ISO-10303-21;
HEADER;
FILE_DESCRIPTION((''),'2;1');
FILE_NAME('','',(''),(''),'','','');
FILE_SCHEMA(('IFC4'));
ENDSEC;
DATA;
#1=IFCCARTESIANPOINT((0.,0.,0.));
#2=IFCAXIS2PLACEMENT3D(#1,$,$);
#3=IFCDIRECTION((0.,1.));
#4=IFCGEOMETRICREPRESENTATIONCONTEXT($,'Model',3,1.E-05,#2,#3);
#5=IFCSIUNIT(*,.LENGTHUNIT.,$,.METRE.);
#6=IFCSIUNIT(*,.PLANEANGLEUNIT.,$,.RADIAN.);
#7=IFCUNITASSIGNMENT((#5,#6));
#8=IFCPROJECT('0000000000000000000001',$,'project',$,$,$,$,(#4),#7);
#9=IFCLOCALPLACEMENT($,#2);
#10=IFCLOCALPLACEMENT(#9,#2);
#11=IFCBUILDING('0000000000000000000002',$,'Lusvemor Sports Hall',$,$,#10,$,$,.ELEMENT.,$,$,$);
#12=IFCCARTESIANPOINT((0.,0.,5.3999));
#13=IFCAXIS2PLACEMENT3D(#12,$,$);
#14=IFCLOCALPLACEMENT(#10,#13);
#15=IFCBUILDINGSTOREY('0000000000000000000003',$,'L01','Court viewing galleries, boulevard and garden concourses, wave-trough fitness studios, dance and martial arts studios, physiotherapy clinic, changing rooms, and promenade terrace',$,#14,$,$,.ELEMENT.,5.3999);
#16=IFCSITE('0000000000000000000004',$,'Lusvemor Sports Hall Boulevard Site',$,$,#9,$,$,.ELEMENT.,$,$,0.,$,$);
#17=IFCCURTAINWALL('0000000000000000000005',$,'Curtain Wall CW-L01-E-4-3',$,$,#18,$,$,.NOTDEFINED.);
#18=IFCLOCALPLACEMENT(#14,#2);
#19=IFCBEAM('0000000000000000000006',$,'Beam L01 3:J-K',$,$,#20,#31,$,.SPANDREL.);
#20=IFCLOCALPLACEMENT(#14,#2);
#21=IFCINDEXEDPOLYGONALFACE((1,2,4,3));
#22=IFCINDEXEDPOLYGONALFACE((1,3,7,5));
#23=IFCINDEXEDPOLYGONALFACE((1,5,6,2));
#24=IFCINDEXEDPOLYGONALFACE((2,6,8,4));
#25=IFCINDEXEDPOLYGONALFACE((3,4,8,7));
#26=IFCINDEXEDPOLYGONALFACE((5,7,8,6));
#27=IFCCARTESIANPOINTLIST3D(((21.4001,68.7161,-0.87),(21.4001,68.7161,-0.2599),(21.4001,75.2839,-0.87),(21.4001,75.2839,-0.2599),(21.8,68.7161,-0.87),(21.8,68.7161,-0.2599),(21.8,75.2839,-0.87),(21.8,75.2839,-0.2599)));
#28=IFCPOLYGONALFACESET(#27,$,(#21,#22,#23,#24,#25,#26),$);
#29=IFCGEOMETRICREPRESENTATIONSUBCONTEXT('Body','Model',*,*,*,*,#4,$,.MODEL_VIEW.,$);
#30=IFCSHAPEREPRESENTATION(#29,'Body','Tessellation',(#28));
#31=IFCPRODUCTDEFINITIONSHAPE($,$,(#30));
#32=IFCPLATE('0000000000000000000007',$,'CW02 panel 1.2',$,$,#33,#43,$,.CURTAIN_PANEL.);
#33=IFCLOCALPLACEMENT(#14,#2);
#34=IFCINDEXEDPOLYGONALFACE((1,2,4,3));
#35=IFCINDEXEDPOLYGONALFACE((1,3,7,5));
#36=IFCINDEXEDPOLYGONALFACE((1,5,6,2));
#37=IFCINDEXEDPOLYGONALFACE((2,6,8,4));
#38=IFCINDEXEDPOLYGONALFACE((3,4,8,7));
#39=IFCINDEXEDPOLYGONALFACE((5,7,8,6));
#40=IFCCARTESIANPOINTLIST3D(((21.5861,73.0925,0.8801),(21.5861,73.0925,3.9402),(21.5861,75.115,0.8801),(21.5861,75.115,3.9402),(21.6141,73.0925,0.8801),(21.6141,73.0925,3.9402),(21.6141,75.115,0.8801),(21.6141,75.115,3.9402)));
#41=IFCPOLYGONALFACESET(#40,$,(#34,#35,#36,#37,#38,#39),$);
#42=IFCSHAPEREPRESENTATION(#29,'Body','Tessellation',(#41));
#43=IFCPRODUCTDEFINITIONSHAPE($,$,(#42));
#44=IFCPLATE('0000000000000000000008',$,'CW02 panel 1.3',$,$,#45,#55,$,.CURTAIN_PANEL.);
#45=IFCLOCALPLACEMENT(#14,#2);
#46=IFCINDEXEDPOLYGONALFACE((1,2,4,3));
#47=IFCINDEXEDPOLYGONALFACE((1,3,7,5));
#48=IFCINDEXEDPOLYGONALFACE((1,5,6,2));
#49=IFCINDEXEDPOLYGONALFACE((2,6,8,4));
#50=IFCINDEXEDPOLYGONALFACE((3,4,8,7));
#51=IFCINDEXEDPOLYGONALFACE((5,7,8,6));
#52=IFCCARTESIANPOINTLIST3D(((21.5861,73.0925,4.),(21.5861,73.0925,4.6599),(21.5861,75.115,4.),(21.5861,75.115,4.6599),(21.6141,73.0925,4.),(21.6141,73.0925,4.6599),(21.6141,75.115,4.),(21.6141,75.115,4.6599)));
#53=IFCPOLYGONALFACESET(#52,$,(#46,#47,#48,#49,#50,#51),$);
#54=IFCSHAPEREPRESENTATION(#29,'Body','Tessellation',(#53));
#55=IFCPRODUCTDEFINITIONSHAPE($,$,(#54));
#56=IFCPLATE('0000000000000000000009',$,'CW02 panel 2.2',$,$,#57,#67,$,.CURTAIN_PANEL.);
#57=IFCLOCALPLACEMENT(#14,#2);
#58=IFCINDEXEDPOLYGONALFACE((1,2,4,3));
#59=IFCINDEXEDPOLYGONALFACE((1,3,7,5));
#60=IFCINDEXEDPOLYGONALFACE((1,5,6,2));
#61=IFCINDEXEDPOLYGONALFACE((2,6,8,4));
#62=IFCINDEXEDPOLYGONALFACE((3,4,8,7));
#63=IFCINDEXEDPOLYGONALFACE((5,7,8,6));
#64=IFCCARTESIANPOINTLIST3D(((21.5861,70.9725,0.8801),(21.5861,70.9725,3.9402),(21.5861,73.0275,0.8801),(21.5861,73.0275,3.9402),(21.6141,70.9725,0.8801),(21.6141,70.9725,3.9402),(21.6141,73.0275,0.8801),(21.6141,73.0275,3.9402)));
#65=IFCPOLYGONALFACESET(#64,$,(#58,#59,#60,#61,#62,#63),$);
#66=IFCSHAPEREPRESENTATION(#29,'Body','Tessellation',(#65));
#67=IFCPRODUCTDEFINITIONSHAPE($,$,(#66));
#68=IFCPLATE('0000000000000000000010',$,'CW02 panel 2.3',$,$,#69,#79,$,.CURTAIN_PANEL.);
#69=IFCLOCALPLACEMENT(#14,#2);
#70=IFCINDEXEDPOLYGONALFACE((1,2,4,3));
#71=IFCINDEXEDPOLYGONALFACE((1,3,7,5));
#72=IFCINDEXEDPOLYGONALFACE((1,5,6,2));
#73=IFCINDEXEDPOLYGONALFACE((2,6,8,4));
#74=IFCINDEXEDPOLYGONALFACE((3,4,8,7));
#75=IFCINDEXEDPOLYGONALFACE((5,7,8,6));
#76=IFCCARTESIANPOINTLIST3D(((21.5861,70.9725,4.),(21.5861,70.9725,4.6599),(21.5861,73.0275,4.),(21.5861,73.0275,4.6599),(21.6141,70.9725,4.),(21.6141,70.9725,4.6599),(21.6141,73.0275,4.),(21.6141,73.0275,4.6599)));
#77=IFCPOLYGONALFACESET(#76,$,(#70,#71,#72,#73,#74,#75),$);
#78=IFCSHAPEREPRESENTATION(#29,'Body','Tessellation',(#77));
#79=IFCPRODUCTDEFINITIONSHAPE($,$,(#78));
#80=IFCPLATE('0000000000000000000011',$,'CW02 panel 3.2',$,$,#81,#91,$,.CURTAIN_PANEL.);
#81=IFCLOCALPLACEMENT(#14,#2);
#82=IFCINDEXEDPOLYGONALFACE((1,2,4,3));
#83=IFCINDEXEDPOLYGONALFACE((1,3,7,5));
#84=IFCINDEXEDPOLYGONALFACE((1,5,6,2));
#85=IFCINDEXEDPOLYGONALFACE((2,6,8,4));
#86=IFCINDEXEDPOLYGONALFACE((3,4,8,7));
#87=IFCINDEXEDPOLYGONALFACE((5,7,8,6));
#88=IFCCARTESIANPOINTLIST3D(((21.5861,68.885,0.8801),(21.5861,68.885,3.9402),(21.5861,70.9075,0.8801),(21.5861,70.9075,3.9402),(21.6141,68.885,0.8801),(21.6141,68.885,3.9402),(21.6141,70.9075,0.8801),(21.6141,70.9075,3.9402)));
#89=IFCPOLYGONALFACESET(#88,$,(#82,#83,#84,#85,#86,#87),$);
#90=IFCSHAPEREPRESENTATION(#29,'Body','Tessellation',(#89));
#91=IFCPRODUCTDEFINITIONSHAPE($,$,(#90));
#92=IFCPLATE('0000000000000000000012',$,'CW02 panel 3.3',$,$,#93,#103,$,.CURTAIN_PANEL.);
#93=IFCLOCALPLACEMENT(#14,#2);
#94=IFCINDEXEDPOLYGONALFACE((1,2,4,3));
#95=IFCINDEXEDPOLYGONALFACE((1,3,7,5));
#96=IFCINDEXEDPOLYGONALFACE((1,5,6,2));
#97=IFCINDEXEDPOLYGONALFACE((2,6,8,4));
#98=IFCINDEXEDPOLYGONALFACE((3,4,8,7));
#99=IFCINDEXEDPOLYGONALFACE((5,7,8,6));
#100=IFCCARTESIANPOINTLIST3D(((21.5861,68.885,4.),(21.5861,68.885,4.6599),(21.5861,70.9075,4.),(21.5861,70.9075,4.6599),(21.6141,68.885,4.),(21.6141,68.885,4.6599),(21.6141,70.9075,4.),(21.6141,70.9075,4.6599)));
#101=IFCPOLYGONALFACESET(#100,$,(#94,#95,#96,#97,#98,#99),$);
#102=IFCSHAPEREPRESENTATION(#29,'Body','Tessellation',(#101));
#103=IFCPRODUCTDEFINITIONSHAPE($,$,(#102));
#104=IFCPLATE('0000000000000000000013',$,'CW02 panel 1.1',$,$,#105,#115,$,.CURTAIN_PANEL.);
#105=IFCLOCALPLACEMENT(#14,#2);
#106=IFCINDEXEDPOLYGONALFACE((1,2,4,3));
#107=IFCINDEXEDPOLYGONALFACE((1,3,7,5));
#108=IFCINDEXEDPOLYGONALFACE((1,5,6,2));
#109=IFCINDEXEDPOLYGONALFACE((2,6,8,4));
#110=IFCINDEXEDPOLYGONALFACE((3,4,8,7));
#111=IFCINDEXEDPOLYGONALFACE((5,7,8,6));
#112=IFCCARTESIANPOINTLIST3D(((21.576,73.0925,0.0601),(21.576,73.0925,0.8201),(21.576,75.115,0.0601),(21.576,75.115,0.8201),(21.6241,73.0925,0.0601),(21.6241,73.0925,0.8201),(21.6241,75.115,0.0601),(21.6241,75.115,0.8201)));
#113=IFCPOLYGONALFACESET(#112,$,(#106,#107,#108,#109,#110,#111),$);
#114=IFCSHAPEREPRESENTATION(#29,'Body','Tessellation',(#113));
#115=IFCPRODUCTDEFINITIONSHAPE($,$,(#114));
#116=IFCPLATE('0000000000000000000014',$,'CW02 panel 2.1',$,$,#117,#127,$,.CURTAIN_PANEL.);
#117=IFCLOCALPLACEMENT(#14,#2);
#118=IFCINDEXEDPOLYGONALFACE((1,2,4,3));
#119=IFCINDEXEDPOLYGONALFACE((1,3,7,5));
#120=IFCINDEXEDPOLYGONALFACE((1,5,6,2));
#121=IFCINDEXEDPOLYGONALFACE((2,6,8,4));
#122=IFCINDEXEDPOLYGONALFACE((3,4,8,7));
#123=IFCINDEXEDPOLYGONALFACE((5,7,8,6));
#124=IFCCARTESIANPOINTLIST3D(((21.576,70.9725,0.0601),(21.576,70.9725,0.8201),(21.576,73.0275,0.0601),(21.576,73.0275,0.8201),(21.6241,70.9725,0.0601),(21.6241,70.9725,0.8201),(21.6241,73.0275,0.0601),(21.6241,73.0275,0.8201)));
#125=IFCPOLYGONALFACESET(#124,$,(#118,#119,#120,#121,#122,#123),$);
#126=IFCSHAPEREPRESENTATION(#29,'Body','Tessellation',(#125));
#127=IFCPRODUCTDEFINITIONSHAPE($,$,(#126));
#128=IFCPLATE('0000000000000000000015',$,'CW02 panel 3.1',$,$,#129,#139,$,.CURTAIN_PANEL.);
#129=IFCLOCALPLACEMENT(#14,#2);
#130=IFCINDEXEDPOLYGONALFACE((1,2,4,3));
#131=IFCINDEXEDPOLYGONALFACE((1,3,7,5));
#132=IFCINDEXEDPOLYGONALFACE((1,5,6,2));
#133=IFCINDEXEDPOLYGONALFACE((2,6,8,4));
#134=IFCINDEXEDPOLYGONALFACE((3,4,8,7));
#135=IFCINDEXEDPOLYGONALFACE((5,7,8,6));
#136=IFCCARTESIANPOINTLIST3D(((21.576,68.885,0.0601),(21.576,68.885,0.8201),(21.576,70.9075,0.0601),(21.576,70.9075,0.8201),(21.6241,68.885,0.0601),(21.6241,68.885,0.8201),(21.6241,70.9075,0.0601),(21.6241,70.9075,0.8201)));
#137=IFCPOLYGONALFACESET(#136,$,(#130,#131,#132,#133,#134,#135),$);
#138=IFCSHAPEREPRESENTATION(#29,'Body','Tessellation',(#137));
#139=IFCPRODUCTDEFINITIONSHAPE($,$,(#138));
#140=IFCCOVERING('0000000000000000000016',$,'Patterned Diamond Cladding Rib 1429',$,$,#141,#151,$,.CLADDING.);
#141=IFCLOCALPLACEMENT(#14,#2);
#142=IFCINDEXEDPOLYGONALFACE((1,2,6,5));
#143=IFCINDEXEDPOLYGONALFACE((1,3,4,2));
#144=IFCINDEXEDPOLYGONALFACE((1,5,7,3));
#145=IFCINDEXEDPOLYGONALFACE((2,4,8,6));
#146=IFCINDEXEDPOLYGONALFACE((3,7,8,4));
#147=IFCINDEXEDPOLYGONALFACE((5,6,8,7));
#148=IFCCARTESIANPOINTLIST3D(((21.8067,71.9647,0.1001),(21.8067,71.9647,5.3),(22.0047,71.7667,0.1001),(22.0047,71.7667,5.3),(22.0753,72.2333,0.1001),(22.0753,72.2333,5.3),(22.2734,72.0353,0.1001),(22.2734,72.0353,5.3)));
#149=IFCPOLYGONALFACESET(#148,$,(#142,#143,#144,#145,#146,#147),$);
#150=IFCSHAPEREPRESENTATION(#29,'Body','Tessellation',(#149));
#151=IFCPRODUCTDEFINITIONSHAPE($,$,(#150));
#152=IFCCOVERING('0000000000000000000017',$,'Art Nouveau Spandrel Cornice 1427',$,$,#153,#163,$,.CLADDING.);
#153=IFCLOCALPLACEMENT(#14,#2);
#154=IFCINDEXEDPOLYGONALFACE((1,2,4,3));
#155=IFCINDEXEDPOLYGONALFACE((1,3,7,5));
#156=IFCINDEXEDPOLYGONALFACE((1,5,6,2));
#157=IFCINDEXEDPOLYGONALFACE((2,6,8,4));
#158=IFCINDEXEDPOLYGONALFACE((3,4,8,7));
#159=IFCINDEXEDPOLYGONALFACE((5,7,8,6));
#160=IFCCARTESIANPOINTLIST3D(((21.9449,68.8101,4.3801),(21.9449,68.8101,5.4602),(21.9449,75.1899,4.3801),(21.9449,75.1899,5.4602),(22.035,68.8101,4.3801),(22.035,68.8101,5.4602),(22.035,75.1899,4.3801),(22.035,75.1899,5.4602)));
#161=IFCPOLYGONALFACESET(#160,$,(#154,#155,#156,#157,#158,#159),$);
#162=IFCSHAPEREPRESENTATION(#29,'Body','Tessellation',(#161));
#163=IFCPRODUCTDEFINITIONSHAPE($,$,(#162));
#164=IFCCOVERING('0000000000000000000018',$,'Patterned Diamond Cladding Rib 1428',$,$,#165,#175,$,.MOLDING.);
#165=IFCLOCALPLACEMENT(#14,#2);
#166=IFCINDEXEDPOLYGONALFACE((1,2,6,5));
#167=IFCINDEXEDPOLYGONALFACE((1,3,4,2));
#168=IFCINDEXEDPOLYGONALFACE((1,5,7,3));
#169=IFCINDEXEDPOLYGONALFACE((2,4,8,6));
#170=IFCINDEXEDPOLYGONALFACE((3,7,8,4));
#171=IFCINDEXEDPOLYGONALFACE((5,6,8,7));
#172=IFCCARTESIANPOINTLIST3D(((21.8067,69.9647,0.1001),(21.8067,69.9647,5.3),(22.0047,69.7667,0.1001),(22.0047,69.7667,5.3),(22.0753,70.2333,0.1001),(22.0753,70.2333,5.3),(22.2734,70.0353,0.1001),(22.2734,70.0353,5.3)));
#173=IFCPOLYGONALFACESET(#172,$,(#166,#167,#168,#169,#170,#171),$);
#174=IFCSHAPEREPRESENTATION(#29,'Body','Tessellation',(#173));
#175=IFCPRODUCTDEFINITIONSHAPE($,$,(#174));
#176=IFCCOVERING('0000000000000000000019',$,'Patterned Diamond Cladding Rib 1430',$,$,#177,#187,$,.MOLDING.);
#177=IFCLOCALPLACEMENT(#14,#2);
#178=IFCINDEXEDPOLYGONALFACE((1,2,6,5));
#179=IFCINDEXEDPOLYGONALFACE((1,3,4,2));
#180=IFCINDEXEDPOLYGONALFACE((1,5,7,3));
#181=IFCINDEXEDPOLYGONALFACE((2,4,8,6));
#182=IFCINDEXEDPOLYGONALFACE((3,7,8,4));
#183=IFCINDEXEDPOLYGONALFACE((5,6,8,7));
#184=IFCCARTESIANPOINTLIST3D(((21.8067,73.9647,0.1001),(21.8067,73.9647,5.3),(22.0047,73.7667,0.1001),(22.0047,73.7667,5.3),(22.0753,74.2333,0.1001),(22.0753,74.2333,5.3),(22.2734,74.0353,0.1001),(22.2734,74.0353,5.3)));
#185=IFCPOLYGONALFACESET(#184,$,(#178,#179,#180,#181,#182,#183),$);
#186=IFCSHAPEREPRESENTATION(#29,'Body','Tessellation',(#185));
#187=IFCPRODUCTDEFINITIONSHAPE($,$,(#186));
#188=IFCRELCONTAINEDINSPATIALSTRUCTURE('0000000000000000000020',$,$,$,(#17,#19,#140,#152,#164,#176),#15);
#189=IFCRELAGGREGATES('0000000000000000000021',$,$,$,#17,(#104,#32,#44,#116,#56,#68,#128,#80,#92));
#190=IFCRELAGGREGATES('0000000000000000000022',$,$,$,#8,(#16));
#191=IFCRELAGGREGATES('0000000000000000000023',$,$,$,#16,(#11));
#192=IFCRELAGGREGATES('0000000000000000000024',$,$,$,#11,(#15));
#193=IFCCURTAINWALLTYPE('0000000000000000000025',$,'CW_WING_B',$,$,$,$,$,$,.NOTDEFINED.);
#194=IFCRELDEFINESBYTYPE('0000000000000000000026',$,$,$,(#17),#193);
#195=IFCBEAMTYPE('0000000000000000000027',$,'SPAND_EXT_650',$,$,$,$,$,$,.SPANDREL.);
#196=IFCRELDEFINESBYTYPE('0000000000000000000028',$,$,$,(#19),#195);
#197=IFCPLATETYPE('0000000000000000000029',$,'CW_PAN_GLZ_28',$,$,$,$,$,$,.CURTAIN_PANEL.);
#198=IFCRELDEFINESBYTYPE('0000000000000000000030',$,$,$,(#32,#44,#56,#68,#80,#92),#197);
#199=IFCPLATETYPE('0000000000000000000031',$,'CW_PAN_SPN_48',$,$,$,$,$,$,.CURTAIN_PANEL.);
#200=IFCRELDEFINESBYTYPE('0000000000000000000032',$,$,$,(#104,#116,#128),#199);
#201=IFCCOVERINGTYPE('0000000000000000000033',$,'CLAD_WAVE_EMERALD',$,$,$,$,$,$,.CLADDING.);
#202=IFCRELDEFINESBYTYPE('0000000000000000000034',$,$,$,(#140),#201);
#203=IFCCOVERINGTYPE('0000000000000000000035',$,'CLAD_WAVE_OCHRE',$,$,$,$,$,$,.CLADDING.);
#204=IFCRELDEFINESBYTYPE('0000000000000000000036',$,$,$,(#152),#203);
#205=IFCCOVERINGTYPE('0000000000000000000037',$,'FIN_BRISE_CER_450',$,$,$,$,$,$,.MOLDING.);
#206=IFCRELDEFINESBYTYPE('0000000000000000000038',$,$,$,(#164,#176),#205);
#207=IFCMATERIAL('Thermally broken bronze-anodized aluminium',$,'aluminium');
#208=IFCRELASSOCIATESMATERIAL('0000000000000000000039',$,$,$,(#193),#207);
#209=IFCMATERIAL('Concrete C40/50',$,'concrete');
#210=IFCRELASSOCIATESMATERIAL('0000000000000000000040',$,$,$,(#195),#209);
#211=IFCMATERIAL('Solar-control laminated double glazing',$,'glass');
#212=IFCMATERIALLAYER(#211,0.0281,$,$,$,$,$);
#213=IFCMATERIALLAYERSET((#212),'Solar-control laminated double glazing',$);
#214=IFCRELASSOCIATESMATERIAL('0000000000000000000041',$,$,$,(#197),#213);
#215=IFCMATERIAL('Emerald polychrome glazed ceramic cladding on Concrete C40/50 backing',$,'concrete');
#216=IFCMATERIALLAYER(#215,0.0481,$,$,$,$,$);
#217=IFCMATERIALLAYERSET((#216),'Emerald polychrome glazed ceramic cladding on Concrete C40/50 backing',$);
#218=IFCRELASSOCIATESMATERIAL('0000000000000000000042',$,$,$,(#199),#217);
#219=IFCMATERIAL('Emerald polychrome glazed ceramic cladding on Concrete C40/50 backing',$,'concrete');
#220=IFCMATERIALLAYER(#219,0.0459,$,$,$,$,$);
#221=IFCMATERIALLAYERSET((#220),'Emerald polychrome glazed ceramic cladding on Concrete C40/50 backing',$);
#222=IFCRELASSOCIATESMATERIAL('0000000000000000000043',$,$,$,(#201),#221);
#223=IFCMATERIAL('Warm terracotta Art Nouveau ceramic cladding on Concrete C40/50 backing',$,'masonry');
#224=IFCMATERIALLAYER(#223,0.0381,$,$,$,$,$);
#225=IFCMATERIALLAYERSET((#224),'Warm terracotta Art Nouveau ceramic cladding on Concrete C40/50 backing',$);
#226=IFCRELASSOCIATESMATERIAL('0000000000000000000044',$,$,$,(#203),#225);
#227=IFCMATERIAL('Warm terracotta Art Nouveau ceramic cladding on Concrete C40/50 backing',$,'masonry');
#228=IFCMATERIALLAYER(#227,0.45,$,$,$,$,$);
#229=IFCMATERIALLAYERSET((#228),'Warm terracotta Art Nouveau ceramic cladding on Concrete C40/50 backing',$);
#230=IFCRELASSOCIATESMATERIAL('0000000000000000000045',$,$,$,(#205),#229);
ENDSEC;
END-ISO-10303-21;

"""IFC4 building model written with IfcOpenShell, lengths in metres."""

from ifc_helpers import new_model, si_unit, direction, frame, origin, origin_2d, place, context, subcontext, project, spatial, rectangle, extrude, material, layer, layer_set, material_profile, profile_set, type_object, element, aggregate, save


model = new_model("IFC4")

# Units and contexts
model_context = context("Model", 3, precision=1e-05, world=origin(), true_north=direction((0.0, 1.0)))
body_context = subcontext(model_context, "Body", "Model", "MODEL_VIEW")
ifc_project = project(units=[si_unit("LENGTHUNIT", "METRE"), si_unit("PLANEANGLEUNIT", "RADIAN")], contexts=[model_context])

# Site, building, storey
site_placement = place(None, origin())
site = spatial("IfcSite", under=ifc_project, at=site_placement, Name="Lusvemor Sports Hall Boulevard Site", CompositionType="ELEMENT", RefElevation=0.0)
building_placement = place(site_placement, origin())
building = spatial("IfcBuilding", under=site, at=building_placement, Name="Lusvemor Sports Hall", CompositionType="ELEMENT")
storey_placement = place(building_placement, frame((0.0, 0.0, 5.3999)))
storey = spatial("IfcBuildingStorey", under=building, at=storey_placement, Name="L01", Description="Court viewing galleries, boulevard and garden concourses, wave-trough fitness studios, dance and martial arts studios, physiotherapy clinic, changing rooms, and promenade terrace", CompositionType="ELEMENT", Elevation=5.3999)

# Shared definitions
ifc_material_1 = material(Name="Thermally broken bronze-anodized aluminium", Category="aluminium")
curtain_wall_type = type_object("IfcCurtainWallType", Name="CW_WING_B", PredefinedType="NOTDEFINED", material=ifc_material_1)

# Curtain wall
curtain_wall_1_placement = place(storey_placement, origin())
curtain_wall_1 = element("IfcCurtainWall", 1, at=curtain_wall_1_placement, inside=storey, type_object=curtain_wall_type, Name="Curtain Wall CW-L01-E-4-3", PredefinedType="NOTDEFINED")

# Beam
ifc_material_2 = material(Name="Concrete C40/50", Category="concrete")
ifc_material_profile_1 = material_profile(ifc_material_2, rectangle(XDim=0.3999, YDim=0.6101, at=origin_2d()), Name="RC400x610")
ifc_profile_set_1 = profile_set([ifc_material_profile_1], Name="Concrete C40/50")
beam_type_1 = type_object("IfcBeamType", Name="SPAND_EXT_650", PredefinedType="SPANDREL", material=ifc_profile_set_1)
beam_1_placement = place(storey_placement, frame((21.6001, 68.7161, -0.5649), z_axis=(0.0, 1.0, 0.0), x_axis=(-1.0, 0.0, 0.0)))
element("IfcBeam", 2, at=beam_1_placement, inside=storey, type_object=beam_type_1, Name="Beam L01 3:J-K", PredefinedType="SPANDREL", context=body_context, shape_type="SweptSolid", body=[
    extrude(rectangle(XDim=0.3999, YDim=0.6101, at=origin_2d()), origin(), (0.0, 0.0, 1.0), 6.5679),
])

# Plates
ifc_material_3 = material(Name="Solar-control laminated double glazing", Category="glass")
ifc_layer_1 = layer(ifc_material_3, 0.0281)
ifc_layer_set_1 = layer_set([ifc_layer_1], Name="Solar-control laminated double glazing")
plate_type_1 = type_object("IfcPlateType", Name="CW_PAN_GLZ_28", PredefinedType="CURTAIN_PANEL", material=ifc_layer_set_1)
plate_1_placement = place(storey_placement, frame((21.6001, 74.1038, 0.8801), z_axis=(0.0, 0.0, 1.0), x_axis=(0.0, -1.0, 0.0)))
plate_1 = element("IfcPlate", 3, at=plate_1_placement, type_object=plate_type_1, Name="CW02 panel 1.2", PredefinedType="CURTAIN_PANEL", context=body_context, shape_type="SweptSolid", body=[
    extrude(rectangle(XDim=2.0225, YDim=0.0281, at=origin_2d()), origin(), (0.0, 0.0, 1.0), 3.0601),
])
plate_2_placement = place(storey_placement, frame((21.6001, 74.1038, 4.0), z_axis=(0.0, 0.0, 1.0), x_axis=(0.0, -1.0, 0.0)))
plate_2 = element("IfcPlate", 4, at=plate_2_placement, type_object=plate_type_1, Name="CW02 panel 1.3", PredefinedType="CURTAIN_PANEL", context=body_context, shape_type="SweptSolid", body=[
    extrude(rectangle(XDim=2.0225, YDim=0.0281, at=origin_2d()), origin(), (0.0, 0.0, 1.0), 0.6599),
])
plate_3_placement = place(storey_placement, frame((21.6001, 72.0, 0.8801), z_axis=(0.0, 0.0, 1.0), x_axis=(0.0, -1.0, 0.0)))
plate_3 = element("IfcPlate", 5, at=plate_3_placement, type_object=plate_type_1, Name="CW02 panel 2.2", PredefinedType="CURTAIN_PANEL", context=body_context, shape_type="SweptSolid", body=[
    extrude(rectangle(XDim=2.0549, YDim=0.0281, at=origin_2d()), origin(), (0.0, 0.0, 1.0), 3.0601),
])
plate_4_placement = place(storey_placement, frame((21.6001, 72.0, 4.0), z_axis=(0.0, 0.0, 1.0), x_axis=(0.0, -1.0, 0.0)))
plate_4 = element("IfcPlate", 6, at=plate_4_placement, type_object=plate_type_1, Name="CW02 panel 2.3", PredefinedType="CURTAIN_PANEL", context=body_context, shape_type="SweptSolid", body=[
    extrude(rectangle(XDim=2.0549, YDim=0.0281, at=origin_2d()), origin(), (0.0, 0.0, 1.0), 0.6599),
])
plate_5_placement = place(storey_placement, frame((21.6001, 69.8962, 0.8801), z_axis=(0.0, 0.0, 1.0), x_axis=(0.0, -1.0, 0.0)))
plate_5 = element("IfcPlate", 7, at=plate_5_placement, type_object=plate_type_1, Name="CW02 panel 3.2", PredefinedType="CURTAIN_PANEL", context=body_context, shape_type="SweptSolid", body=[
    extrude(rectangle(XDim=2.0225, YDim=0.0281, at=origin_2d()), origin(), (0.0, 0.0, 1.0), 3.0601),
])
plate_6_placement = place(storey_placement, frame((21.6001, 69.8962, 4.0), z_axis=(0.0, 0.0, 1.0), x_axis=(0.0, -1.0, 0.0)))
plate_6 = element("IfcPlate", 8, at=plate_6_placement, type_object=plate_type_1, Name="CW02 panel 3.3", PredefinedType="CURTAIN_PANEL", context=body_context, shape_type="SweptSolid", body=[
    extrude(rectangle(XDim=2.0225, YDim=0.0281, at=origin_2d()), origin(), (0.0, 0.0, 1.0), 0.6599),
])
ifc_material_4 = material(Name="Emerald polychrome glazed ceramic cladding on Concrete C40/50 backing", Category="concrete")
ifc_layer_2 = layer(ifc_material_4, 0.0481)
ifc_layer_set_2 = layer_set([ifc_layer_2], Name="Emerald polychrome glazed ceramic cladding on Concrete C40/50 backing")
plate_type_2 = type_object("IfcPlateType", Name="CW_PAN_SPN_48", PredefinedType="CURTAIN_PANEL", material=ifc_layer_set_2)
plate_7_placement = place(storey_placement, frame((21.6001, 74.1038, 0.0601), z_axis=(0.0, 0.0, 1.0), x_axis=(0.0, -1.0, 0.0)))
plate_7 = element("IfcPlate", 9, at=plate_7_placement, type_object=plate_type_2, Name="CW02 panel 1.1", PredefinedType="CURTAIN_PANEL", context=body_context, shape_type="SweptSolid", body=[
    extrude(rectangle(XDim=2.0225, YDim=0.0481, at=origin_2d()), origin(), (0.0, 0.0, 1.0), 0.76),
])
plate_8_placement = place(storey_placement, frame((21.6001, 72.0, 0.0601), z_axis=(0.0, 0.0, 1.0), x_axis=(0.0, -1.0, 0.0)))
plate_8 = element("IfcPlate", 10, at=plate_8_placement, type_object=plate_type_2, Name="CW02 panel 2.1", PredefinedType="CURTAIN_PANEL", context=body_context, shape_type="SweptSolid", body=[
    extrude(rectangle(XDim=2.0549, YDim=0.0481, at=origin_2d()), origin(), (0.0, 0.0, 1.0), 0.76),
])
plate_9_placement = place(storey_placement, frame((21.6001, 69.8962, 0.0601), z_axis=(0.0, 0.0, 1.0), x_axis=(0.0, -1.0, 0.0)))
plate_9 = element("IfcPlate", 11, at=plate_9_placement, type_object=plate_type_2, Name="CW02 panel 3.1", PredefinedType="CURTAIN_PANEL", context=body_context, shape_type="SweptSolid", body=[
    extrude(rectangle(XDim=2.0225, YDim=0.0481, at=origin_2d()), origin(), (0.0, 0.0, 1.0), 0.76),
])
aggregate(curtain_wall_1, [plate_7, plate_1, plate_2, plate_8, plate_3, plate_4, plate_9, plate_5, plate_6])

# Coverings
ifc_material_5 = material(Name="Emerald polychrome glazed ceramic cladding on Concrete C40/50 backing", Category="concrete")
ifc_layer_3 = layer(ifc_material_5, 0.0459)
ifc_layer_set_3 = layer_set([ifc_layer_3], Name="Emerald polychrome glazed ceramic cladding on Concrete C40/50 backing")
covering_type_1 = type_object("IfcCoveringType", Name="CLAD_WAVE_EMERALD", PredefinedType="CLADDING", material=ifc_layer_set_3)
covering_1_placement = place(storey_placement, frame((22.04, 72.0, 0.1001), z_axis=(0.0, 0.0, 1.0), x_axis=(0.707107, 0.707107, 0.0)))
element("IfcCovering", 12, at=covering_1_placement, inside=storey, type_object=covering_type_1, Name="Patterned Diamond Cladding Rib 1429", PredefinedType="CLADDING", context=body_context, shape_type="SweptSolid", body=[
    extrude(rectangle(XDim=0.3799, YDim=0.28, at=origin_2d()), origin(), (0.0, 0.0, 1.0), 5.2),
])
ifc_material_6 = material(Name="Warm terracotta Art Nouveau ceramic cladding on Concrete C40/50 backing", Category="masonry")
ifc_layer_4 = layer(ifc_material_6, 0.0381)
ifc_layer_set_4 = layer_set([ifc_layer_4], Name="Warm terracotta Art Nouveau ceramic cladding on Concrete C40/50 backing")
covering_type_2 = type_object("IfcCoveringType", Name="CLAD_WAVE_OCHRE", PredefinedType="CLADDING", material=ifc_layer_set_4)
covering_2_placement = place(storey_placement, frame((21.99, 72.0, 4.3801), z_axis=(0.0, 0.0, 1.0), x_axis=(1.0, 0.0, 0.0)))
element("IfcCovering", 13, at=covering_2_placement, inside=storey, type_object=covering_type_2, Name="Art Nouveau Spandrel Cornice 1427", PredefinedType="CLADDING", context=body_context, shape_type="SweptSolid", body=[
    extrude(rectangle(XDim=0.0901, YDim=6.3799, at=origin_2d()), origin(), (0.0, 0.0, 1.0), 1.0801),
])
ifc_material_7 = material(Name="Warm terracotta Art Nouveau ceramic cladding on Concrete C40/50 backing", Category="masonry")
ifc_layer_5 = layer(ifc_material_7, 0.45)
ifc_layer_set_5 = layer_set([ifc_layer_5], Name="Warm terracotta Art Nouveau ceramic cladding on Concrete C40/50 backing")
covering_type_3 = type_object("IfcCoveringType", Name="FIN_BRISE_CER_450", PredefinedType="MOLDING", material=ifc_layer_set_5)
for number, where, z_axis, x_axis, name in (
    (14, (22.04, 70.0, 0.1001), (0.0, 0.0, 1.0), (0.707107, 0.707107, 0.0), "Patterned Diamond Cladding Rib 1428"),
    (15, (22.04, 74.0, 0.1001), (0.0, 0.0, 1.0), (0.707107, 0.707107, 0.0), "Patterned Diamond Cladding Rib 1430"),
):
    element("IfcCovering", number, at=place(storey_placement, frame(where, z_axis=z_axis, x_axis=x_axis)), inside=storey, type_object=covering_type_3, Name=name, PredefinedType="MOLDING", context=body_context, shape_type="SweptSolid", body=[
        extrude(rectangle(XDim=0.3799, YDim=0.28, at=origin_2d()), origin(), (0.0, 0.0, 1.0), 5.2),
    ])

save(model, "model.ifc")
